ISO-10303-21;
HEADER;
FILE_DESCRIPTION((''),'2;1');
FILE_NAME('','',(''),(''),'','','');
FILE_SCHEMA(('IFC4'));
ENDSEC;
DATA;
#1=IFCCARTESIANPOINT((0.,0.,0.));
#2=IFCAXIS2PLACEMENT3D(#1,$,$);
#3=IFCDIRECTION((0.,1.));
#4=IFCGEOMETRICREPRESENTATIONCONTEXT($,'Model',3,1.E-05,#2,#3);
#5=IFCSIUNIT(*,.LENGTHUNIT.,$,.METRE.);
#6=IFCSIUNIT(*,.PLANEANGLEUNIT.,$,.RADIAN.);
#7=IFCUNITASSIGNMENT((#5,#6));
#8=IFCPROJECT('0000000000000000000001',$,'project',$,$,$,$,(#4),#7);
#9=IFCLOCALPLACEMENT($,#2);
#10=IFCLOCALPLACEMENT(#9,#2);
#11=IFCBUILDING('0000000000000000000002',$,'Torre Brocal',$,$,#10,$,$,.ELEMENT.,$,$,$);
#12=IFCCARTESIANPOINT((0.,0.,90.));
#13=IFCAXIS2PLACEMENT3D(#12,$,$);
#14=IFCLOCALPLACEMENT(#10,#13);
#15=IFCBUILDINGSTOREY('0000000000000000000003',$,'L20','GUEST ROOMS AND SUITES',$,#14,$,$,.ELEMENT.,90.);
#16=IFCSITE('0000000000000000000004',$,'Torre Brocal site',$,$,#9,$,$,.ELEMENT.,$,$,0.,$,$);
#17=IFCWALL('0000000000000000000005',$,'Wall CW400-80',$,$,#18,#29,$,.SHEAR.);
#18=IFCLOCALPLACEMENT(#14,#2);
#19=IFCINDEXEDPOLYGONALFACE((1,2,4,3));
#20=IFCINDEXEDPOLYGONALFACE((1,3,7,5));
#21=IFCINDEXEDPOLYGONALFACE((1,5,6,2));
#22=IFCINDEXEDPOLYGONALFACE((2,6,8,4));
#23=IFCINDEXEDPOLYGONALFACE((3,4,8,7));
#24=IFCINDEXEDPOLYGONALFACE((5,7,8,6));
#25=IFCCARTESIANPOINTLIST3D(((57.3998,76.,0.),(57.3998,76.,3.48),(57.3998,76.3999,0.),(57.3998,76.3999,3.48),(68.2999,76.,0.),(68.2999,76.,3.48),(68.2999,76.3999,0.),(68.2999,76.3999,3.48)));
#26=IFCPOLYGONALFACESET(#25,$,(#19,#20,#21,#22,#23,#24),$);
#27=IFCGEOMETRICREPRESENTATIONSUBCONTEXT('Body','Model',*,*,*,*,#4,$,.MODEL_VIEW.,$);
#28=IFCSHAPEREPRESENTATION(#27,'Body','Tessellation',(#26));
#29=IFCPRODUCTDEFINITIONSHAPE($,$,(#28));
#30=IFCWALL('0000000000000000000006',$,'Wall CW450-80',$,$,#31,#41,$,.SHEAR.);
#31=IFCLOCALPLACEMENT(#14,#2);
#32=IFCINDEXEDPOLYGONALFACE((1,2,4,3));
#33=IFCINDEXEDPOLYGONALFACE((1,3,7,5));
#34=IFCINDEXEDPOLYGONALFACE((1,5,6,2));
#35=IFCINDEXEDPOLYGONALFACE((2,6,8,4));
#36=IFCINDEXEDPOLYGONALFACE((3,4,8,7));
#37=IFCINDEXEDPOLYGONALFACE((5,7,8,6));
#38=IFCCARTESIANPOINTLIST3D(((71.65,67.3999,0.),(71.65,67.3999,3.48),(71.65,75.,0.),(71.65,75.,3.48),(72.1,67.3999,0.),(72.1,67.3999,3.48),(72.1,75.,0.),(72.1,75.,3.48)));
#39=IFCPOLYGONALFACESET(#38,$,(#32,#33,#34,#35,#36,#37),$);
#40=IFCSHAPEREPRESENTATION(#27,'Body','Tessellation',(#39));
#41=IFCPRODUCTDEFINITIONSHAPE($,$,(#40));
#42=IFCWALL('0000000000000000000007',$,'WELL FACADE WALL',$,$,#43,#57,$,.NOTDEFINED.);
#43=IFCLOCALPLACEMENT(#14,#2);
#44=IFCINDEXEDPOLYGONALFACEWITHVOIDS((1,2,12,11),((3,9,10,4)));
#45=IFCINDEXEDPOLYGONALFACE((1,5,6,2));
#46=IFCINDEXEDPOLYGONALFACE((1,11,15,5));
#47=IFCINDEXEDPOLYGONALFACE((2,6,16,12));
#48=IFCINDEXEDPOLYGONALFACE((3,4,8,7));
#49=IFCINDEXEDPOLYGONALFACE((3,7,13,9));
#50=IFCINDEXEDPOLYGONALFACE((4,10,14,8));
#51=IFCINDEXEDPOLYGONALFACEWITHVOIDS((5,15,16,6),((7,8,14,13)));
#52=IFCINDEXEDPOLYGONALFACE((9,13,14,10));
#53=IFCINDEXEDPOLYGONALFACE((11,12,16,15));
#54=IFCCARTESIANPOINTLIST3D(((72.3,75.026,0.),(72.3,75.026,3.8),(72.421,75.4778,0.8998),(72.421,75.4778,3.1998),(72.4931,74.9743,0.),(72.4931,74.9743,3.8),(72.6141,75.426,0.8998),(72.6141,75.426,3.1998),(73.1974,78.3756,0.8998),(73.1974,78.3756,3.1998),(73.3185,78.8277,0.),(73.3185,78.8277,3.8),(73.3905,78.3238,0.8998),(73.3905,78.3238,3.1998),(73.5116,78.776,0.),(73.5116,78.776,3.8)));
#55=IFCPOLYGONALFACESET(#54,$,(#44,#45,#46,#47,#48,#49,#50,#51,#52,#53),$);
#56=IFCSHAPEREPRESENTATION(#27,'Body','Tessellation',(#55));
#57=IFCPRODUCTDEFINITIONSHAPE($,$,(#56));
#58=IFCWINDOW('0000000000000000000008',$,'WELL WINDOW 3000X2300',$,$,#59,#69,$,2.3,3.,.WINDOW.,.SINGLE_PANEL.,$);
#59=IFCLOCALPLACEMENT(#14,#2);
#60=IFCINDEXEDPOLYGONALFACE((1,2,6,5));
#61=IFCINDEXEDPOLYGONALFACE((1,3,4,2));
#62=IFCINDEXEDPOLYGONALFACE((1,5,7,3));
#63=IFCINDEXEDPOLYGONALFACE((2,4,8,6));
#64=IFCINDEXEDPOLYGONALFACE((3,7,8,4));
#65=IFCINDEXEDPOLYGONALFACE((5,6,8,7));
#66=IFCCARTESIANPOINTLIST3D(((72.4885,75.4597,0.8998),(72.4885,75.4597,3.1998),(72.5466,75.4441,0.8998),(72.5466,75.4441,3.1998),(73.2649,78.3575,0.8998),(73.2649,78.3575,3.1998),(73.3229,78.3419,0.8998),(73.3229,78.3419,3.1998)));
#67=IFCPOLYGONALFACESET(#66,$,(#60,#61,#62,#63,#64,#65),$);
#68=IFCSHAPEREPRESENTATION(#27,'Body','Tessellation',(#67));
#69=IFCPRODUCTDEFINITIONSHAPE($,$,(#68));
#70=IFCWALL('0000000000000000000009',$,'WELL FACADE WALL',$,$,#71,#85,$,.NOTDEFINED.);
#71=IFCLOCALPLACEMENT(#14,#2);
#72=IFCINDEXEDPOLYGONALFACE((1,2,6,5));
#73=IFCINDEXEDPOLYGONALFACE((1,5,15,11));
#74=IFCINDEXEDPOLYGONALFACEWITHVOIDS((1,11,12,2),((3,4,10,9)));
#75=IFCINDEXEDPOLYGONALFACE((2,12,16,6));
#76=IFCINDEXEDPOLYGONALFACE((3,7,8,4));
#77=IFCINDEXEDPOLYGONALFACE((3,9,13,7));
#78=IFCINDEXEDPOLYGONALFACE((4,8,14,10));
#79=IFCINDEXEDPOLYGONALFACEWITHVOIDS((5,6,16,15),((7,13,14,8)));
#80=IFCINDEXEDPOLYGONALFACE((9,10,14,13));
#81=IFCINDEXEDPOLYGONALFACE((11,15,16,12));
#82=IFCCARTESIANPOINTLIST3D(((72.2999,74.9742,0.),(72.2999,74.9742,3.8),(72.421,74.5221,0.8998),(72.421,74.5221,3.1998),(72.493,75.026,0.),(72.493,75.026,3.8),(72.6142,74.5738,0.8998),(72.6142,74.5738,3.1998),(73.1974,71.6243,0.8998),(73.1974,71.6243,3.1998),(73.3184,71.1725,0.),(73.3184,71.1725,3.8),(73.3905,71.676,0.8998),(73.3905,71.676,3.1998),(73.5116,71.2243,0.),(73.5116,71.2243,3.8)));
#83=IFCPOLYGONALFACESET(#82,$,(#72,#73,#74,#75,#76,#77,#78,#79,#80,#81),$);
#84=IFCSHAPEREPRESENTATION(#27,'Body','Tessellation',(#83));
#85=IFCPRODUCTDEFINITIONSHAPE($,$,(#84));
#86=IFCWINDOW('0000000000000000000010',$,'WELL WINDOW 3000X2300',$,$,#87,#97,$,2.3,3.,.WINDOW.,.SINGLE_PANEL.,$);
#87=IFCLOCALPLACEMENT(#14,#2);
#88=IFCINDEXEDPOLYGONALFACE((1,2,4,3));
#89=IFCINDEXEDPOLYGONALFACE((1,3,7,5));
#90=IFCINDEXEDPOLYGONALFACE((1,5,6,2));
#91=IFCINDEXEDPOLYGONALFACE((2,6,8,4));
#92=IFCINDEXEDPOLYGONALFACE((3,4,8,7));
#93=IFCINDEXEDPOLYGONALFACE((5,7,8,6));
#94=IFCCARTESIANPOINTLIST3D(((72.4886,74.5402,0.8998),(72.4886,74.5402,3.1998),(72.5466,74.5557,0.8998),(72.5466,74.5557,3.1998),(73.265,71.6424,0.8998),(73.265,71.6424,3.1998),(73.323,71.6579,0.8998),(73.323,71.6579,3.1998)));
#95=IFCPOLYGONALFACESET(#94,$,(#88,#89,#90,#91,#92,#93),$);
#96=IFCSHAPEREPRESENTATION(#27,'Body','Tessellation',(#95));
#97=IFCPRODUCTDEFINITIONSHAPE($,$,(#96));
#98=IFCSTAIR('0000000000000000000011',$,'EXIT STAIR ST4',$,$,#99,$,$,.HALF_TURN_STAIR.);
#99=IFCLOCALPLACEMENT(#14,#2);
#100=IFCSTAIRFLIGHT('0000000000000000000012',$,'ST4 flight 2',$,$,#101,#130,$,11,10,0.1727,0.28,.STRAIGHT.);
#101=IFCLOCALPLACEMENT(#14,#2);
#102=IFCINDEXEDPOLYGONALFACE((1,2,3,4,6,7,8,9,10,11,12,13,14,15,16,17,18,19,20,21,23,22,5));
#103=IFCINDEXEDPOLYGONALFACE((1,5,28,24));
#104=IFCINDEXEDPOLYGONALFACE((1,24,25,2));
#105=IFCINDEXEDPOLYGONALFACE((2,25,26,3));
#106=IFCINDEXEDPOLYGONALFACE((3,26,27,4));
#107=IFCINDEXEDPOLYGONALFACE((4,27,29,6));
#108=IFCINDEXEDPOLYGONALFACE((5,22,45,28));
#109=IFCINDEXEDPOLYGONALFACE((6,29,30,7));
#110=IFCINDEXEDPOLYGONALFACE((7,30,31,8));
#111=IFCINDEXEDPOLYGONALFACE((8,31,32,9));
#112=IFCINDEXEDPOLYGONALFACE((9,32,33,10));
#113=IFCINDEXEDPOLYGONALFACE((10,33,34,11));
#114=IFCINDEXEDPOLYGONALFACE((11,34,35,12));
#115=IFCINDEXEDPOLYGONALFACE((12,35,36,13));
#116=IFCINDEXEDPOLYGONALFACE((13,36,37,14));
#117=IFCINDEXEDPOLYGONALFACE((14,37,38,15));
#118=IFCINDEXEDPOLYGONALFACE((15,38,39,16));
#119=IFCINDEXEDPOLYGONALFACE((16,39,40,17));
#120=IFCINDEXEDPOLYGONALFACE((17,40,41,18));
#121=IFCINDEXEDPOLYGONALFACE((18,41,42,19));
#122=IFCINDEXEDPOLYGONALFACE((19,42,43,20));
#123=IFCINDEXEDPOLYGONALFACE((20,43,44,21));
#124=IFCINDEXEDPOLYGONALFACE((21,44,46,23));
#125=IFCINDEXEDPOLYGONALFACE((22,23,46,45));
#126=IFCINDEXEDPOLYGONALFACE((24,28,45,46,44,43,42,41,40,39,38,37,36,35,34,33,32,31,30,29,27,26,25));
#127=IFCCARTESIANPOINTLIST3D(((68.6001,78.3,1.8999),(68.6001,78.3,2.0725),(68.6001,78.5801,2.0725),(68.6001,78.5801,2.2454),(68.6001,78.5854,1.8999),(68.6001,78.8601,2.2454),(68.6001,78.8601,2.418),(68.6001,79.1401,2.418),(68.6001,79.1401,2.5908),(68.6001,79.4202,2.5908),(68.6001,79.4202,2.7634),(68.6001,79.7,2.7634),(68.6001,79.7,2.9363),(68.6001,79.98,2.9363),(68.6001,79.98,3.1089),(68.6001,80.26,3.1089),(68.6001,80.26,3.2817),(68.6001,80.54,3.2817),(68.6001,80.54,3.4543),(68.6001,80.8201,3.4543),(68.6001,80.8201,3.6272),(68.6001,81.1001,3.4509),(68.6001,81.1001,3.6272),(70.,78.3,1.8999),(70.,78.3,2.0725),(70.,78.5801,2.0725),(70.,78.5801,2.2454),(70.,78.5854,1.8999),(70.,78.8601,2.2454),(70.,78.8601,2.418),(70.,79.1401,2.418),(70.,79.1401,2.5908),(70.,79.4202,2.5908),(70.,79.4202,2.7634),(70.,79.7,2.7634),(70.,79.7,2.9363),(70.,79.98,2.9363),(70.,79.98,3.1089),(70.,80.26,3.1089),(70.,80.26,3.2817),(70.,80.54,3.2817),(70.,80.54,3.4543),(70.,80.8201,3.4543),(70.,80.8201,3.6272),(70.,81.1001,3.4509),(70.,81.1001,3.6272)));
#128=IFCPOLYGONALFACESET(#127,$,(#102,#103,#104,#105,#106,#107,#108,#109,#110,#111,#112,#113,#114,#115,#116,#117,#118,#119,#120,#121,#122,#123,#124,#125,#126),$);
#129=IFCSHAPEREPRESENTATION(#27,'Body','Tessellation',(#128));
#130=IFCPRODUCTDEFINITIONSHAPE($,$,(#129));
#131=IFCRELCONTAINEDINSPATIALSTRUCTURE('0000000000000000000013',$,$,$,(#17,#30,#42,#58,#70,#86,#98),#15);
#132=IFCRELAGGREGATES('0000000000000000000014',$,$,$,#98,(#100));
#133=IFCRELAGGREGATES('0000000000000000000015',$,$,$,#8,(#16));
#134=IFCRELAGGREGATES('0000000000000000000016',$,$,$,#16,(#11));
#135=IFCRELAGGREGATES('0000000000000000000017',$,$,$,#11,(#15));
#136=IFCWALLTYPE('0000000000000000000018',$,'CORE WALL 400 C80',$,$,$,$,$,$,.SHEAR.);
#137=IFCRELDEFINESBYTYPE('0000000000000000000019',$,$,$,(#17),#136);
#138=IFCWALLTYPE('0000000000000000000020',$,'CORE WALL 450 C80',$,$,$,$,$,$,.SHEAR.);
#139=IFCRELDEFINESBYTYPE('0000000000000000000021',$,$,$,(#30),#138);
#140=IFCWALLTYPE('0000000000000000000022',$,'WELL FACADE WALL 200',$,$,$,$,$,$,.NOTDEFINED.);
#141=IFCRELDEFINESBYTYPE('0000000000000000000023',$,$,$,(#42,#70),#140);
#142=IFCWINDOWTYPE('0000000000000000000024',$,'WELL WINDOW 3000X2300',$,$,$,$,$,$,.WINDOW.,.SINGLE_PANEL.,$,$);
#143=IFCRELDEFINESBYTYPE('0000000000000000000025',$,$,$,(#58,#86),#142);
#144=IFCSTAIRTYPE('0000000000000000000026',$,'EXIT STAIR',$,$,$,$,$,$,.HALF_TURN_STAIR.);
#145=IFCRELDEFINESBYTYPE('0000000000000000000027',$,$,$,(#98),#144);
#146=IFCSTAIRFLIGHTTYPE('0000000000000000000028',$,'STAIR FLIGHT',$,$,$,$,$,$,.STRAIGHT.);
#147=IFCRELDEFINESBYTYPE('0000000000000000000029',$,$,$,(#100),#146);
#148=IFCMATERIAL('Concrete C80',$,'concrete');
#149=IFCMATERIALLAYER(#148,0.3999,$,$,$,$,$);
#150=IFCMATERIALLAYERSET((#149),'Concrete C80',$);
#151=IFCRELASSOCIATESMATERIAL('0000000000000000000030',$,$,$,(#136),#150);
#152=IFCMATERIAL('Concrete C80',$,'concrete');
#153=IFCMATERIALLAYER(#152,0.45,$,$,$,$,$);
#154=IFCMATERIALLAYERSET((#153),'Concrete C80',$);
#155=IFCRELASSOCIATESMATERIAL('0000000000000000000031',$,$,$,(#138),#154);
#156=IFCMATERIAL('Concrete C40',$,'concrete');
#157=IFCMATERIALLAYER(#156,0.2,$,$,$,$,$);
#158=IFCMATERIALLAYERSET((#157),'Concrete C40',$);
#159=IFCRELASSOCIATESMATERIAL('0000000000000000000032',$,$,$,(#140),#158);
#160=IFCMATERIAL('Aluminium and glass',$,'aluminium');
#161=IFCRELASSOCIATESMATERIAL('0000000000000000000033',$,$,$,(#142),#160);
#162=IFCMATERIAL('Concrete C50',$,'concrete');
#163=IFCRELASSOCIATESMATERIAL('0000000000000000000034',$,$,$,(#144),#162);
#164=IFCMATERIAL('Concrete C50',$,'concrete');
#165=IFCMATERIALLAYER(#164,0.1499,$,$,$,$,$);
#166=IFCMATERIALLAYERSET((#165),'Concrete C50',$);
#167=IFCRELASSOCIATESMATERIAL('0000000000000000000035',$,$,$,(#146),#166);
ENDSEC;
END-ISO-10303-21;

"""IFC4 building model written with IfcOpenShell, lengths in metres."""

from ifc_helpers import new_model, si_unit, direction, frame, frame_2d, origin, place, context, subcontext, project, spatial, polyline, rectangle, outline, extrude, material, layer, layer_set, type_object, element, fill, aggregate, save


model = new_model("IFC4")

# Units and contexts
model_context = context("Model", 3, precision=1e-05, world=origin(), true_north=direction((0.0, 1.0)))
body_context = subcontext(model_context, "Body", "Model", "MODEL_VIEW")
ifc_project = project(units=[si_unit("LENGTHUNIT", "METRE"), si_unit("PLANEANGLEUNIT", "RADIAN")], contexts=[model_context])

# Site, building, storey
site_placement = place(None, origin())
site = spatial("IfcSite", under=ifc_project, at=site_placement, Name="Torre Brocal site", CompositionType="ELEMENT", RefElevation=0.0)
building_placement = place(site_placement, origin())
building = spatial("IfcBuilding", under=site, at=building_placement, Name="Torre Brocal", CompositionType="ELEMENT")
storey_placement = place(building_placement, frame((0.0, 0.0, 90.0)))
storey = spatial("IfcBuildingStorey", under=building, at=storey_placement, Name="L20", Description="GUEST ROOMS AND SUITES", CompositionType="ELEMENT", Elevation=90.0)

# Walls
ifc_material_1 = material(Name="Concrete C80", Category="concrete")
ifc_layer_1 = layer(ifc_material_1, 0.3999)
ifc_layer_set_1 = layer_set([ifc_layer_1], Name="Concrete C80")
wall_type_1 = type_object("IfcWallType", Name="CORE WALL 400 C80", PredefinedType="SHEAR", material=ifc_layer_set_1)
wall_1_placement = place(storey_placement, frame((68.3, 76.2, 0.0), z_axis=(0.0, 0.0, 1.0), x_axis=(-1.0, 0.0, 0.0)))
element("IfcWall", 1, at=wall_1_placement, inside=storey, type_object=wall_type_1, Name="Wall CW400-80", PredefinedType="SHEAR", context=body_context, shape_type="SweptSolid", body=[
    extrude(rectangle(XDim=10.9001, YDim=0.3999, at=frame_2d((5.4502, 0.0))), origin(), (0.0, 0.0, 1.0), 3.48),
])
ifc_material_2 = material(Name="Concrete C80", Category="concrete")
ifc_layer_2 = layer(ifc_material_2, 0.45)
ifc_layer_set_2 = layer_set([ifc_layer_2], Name="Concrete C80")
wall_type_2 = type_object("IfcWallType", Name="CORE WALL 450 C80", PredefinedType="SHEAR", material=ifc_layer_set_2)
wall_2_placement = place(storey_placement, frame((71.875, 75.0, 0.0), z_axis=(0.0, 0.0, 1.0), x_axis=(0.0, -1.0, 0.0)))
element("IfcWall", 2, at=wall_2_placement, inside=storey, type_object=wall_type_2, Name="Wall CW450-80", PredefinedType="SHEAR", context=body_context, shape_type="SweptSolid", body=[
    extrude(rectangle(XDim=7.6001, YDim=0.45, at=frame_2d((3.8, 0.0))), origin(), (0.0, 0.0, 1.0), 3.48),
])

# Walls, openings, windows
ifc_material_3 = material(Name="Concrete C40", Category="concrete")
ifc_layer_3 = layer(ifc_material_3, 0.2)
ifc_layer_set_3 = layer_set([ifc_layer_3], Name="Concrete C40")
wall_type_3 = type_object("IfcWallType", Name="WELL FACADE WALL 200", PredefinedType="NOTDEFINED", material=ifc_layer_set_3)
wall_3_placement = place(storey_placement, frame((73.415, 78.8018, 0.0), z_axis=(0.0, 0.0, 1.0), x_axis=(-0.25879, -0.965934, 0.0)))
wall_3 = element("IfcWall", 3, at=wall_3_placement, inside=storey, type_object=wall_type_3, Name="WELL FACADE WALL", PredefinedType="NOTDEFINED", context=body_context, shape_type="SweptSolid", body=[
    extrude(rectangle(XDim=3.9358, YDim=0.2, at=frame_2d((1.9678, 0.0))), origin(), (0.0, 0.0, 1.0), 3.8),
])
opening_1_placement = place(wall_3_placement, frame((0.468, 0.0, 0.8999)))
opening_1 = element("IfcOpeningElement", 4, at=opening_1_placement, cuts=wall_3, PredefinedType="OPENING", context=body_context, shape_type="SweptSolid", body=[
    extrude(rectangle(XDim=3.0, YDim=2.3, at=frame_2d((1.5, 1.1499))), frame((0.0, 0.1099, 0.0), z_axis=(0.0, -1.0, 0.0), x_axis=(1.0, 0.0, 0.0)), (0.0, 0.0, 1.0), 0.22),
])
ifc_material_4 = material(Name="Aluminium and glass", Category="aluminium")
window_type = type_object("IfcWindowType", Name="WELL WINDOW 3000X2300", PartitioningType="SINGLE_PANEL", PredefinedType="WINDOW", material=ifc_material_4)
window_1_placement = place(opening_1_placement, origin())
window_1 = element("IfcWindow", 5, at=window_1_placement, inside=storey, type_object=window_type, Name="WELL WINDOW 3000X2300", OverallHeight=2.3, OverallWidth=3.0, PartitioningType="SINGLE_PANEL", PredefinedType="WINDOW", context=body_context, shape_type="SweptSolid", body=[
    extrude(rectangle(XDim=3.0, YDim=2.3, at=frame_2d((1.5, 1.1499))), frame((0.0, 0.03, 0.0), z_axis=(0.0, -1.0, 0.0), x_axis=(1.0, 0.0, 0.0)), (0.0, 0.0, 1.0), 0.0601),
])
fill(opening_1, window_1)
wall_4_placement = place(storey_placement, frame((72.3965, 75.0, 0.0), z_axis=(0.0, 0.0, 1.0), x_axis=(0.25879, -0.965934, 0.0)))
wall_4 = element("IfcWall", 6, at=wall_4_placement, inside=storey, type_object=wall_type_3, Name="WELL FACADE WALL", PredefinedType="NOTDEFINED", context=body_context, shape_type="SweptSolid", body=[
    extrude(rectangle(XDim=3.9358, YDim=0.2, at=frame_2d((1.9678, 0.0))), origin(), (0.0, 0.0, 1.0), 3.8),
])
opening_2_placement = place(wall_4_placement, frame((0.468, 0.0, 0.8999)))
opening_2 = element("IfcOpeningElement", 7, at=opening_2_placement, cuts=wall_4, PredefinedType="OPENING", context=body_context, shape_type="SweptSolid", body=[
    extrude(rectangle(XDim=3.0, YDim=2.3, at=frame_2d((1.5, 1.1499))), frame((0.0, 0.1099, 0.0), z_axis=(0.0, -1.0, 0.0), x_axis=(1.0, 0.0, 0.0)), (0.0, 0.0, 1.0), 0.22),
])
window_2_placement = place(opening_2_placement, origin())
window_2 = element("IfcWindow", 8, at=window_2_placement, inside=storey, type_object=window_type, Name="WELL WINDOW 3000X2300", OverallHeight=2.3, OverallWidth=3.0, PartitioningType="SINGLE_PANEL", PredefinedType="WINDOW", context=body_context, shape_type="SweptSolid", body=[
    extrude(rectangle(XDim=3.0, YDim=2.3, at=frame_2d((1.5, 1.1499))), frame((0.0, 0.03, 0.0), z_axis=(0.0, -1.0, 0.0), x_axis=(1.0, 0.0, 0.0)), (0.0, 0.0, 1.0), 0.0601),
])
fill(opening_2, window_2)

# Stair, stair flight
ifc_material_5 = material(Name="Concrete C50", Category="concrete")
stair_type = type_object("IfcStairType", Name="EXIT STAIR", PredefinedType="HALF_TURN_STAIR", material=ifc_material_5)
stair_placement = place(storey_placement, origin())
stair = element("IfcStair", 9, at=stair_placement, inside=storey, type_object=stair_type, Name="EXIT STAIR ST4", PredefinedType="HALF_TURN_STAIR")
ifc_material_6 = material(Name="Concrete C50", Category="concrete")
ifc_layer_4 = layer(ifc_material_6, 0.1499)
ifc_layer_set_4 = layer_set([ifc_layer_4], Name="Concrete C50")
stair_flight_type = type_object("IfcStairFlightType", Name="STAIR FLIGHT", PredefinedType="STRAIGHT", material=ifc_layer_set_4)
stair_flight_placement = place(storey_placement, frame((69.3, 78.3, 1.8999), z_axis=(0.0, 0.0, 1.0), x_axis=(0.0, 1.0, 0.0)))
stair_flight = element("IfcStairFlight", 10, at=stair_flight_placement, type_object=stair_flight_type, Name="ST4 flight 2", NumberOfRisers=11, NumberOfTreads=10, PredefinedType="STRAIGHT", RiserHeight=0.1727, TreadLength=0.28, context=body_context, shape_type="SweptSolid", body=[
    extrude(outline(polyline([(0.0, 0.0), (0.0, 0.1726), (0.28, 0.1726), (0.28, 0.3455), (0.5601, 0.3455), (0.5601, 0.5181), (0.8401, 0.5181), (0.8401, 0.6909), (1.1201, 0.6909), (1.1201, 0.8635), (1.3999, 0.8635), (1.3999, 1.0364), (1.6799, 1.0364), (1.6799, 1.209), (1.96, 1.209), (1.96, 1.3818), (2.24, 1.3818), (2.24, 1.5544), (2.52, 1.5544), (2.52, 1.7273), (2.8, 1.7273), (2.8, 1.8999), (2.8, 1.551), (0.2854, 0.0), (0.0, 0.0)])), frame((0.0, 0.7, 0.0), z_axis=(0.0, -1.0, 0.0), x_axis=(1.0, 0.0, 0.0)), (0.0, 0.0, 1.0), 1.3999),
])
aggregate(stair, [stair_flight])

save(model, "model.ifc")
